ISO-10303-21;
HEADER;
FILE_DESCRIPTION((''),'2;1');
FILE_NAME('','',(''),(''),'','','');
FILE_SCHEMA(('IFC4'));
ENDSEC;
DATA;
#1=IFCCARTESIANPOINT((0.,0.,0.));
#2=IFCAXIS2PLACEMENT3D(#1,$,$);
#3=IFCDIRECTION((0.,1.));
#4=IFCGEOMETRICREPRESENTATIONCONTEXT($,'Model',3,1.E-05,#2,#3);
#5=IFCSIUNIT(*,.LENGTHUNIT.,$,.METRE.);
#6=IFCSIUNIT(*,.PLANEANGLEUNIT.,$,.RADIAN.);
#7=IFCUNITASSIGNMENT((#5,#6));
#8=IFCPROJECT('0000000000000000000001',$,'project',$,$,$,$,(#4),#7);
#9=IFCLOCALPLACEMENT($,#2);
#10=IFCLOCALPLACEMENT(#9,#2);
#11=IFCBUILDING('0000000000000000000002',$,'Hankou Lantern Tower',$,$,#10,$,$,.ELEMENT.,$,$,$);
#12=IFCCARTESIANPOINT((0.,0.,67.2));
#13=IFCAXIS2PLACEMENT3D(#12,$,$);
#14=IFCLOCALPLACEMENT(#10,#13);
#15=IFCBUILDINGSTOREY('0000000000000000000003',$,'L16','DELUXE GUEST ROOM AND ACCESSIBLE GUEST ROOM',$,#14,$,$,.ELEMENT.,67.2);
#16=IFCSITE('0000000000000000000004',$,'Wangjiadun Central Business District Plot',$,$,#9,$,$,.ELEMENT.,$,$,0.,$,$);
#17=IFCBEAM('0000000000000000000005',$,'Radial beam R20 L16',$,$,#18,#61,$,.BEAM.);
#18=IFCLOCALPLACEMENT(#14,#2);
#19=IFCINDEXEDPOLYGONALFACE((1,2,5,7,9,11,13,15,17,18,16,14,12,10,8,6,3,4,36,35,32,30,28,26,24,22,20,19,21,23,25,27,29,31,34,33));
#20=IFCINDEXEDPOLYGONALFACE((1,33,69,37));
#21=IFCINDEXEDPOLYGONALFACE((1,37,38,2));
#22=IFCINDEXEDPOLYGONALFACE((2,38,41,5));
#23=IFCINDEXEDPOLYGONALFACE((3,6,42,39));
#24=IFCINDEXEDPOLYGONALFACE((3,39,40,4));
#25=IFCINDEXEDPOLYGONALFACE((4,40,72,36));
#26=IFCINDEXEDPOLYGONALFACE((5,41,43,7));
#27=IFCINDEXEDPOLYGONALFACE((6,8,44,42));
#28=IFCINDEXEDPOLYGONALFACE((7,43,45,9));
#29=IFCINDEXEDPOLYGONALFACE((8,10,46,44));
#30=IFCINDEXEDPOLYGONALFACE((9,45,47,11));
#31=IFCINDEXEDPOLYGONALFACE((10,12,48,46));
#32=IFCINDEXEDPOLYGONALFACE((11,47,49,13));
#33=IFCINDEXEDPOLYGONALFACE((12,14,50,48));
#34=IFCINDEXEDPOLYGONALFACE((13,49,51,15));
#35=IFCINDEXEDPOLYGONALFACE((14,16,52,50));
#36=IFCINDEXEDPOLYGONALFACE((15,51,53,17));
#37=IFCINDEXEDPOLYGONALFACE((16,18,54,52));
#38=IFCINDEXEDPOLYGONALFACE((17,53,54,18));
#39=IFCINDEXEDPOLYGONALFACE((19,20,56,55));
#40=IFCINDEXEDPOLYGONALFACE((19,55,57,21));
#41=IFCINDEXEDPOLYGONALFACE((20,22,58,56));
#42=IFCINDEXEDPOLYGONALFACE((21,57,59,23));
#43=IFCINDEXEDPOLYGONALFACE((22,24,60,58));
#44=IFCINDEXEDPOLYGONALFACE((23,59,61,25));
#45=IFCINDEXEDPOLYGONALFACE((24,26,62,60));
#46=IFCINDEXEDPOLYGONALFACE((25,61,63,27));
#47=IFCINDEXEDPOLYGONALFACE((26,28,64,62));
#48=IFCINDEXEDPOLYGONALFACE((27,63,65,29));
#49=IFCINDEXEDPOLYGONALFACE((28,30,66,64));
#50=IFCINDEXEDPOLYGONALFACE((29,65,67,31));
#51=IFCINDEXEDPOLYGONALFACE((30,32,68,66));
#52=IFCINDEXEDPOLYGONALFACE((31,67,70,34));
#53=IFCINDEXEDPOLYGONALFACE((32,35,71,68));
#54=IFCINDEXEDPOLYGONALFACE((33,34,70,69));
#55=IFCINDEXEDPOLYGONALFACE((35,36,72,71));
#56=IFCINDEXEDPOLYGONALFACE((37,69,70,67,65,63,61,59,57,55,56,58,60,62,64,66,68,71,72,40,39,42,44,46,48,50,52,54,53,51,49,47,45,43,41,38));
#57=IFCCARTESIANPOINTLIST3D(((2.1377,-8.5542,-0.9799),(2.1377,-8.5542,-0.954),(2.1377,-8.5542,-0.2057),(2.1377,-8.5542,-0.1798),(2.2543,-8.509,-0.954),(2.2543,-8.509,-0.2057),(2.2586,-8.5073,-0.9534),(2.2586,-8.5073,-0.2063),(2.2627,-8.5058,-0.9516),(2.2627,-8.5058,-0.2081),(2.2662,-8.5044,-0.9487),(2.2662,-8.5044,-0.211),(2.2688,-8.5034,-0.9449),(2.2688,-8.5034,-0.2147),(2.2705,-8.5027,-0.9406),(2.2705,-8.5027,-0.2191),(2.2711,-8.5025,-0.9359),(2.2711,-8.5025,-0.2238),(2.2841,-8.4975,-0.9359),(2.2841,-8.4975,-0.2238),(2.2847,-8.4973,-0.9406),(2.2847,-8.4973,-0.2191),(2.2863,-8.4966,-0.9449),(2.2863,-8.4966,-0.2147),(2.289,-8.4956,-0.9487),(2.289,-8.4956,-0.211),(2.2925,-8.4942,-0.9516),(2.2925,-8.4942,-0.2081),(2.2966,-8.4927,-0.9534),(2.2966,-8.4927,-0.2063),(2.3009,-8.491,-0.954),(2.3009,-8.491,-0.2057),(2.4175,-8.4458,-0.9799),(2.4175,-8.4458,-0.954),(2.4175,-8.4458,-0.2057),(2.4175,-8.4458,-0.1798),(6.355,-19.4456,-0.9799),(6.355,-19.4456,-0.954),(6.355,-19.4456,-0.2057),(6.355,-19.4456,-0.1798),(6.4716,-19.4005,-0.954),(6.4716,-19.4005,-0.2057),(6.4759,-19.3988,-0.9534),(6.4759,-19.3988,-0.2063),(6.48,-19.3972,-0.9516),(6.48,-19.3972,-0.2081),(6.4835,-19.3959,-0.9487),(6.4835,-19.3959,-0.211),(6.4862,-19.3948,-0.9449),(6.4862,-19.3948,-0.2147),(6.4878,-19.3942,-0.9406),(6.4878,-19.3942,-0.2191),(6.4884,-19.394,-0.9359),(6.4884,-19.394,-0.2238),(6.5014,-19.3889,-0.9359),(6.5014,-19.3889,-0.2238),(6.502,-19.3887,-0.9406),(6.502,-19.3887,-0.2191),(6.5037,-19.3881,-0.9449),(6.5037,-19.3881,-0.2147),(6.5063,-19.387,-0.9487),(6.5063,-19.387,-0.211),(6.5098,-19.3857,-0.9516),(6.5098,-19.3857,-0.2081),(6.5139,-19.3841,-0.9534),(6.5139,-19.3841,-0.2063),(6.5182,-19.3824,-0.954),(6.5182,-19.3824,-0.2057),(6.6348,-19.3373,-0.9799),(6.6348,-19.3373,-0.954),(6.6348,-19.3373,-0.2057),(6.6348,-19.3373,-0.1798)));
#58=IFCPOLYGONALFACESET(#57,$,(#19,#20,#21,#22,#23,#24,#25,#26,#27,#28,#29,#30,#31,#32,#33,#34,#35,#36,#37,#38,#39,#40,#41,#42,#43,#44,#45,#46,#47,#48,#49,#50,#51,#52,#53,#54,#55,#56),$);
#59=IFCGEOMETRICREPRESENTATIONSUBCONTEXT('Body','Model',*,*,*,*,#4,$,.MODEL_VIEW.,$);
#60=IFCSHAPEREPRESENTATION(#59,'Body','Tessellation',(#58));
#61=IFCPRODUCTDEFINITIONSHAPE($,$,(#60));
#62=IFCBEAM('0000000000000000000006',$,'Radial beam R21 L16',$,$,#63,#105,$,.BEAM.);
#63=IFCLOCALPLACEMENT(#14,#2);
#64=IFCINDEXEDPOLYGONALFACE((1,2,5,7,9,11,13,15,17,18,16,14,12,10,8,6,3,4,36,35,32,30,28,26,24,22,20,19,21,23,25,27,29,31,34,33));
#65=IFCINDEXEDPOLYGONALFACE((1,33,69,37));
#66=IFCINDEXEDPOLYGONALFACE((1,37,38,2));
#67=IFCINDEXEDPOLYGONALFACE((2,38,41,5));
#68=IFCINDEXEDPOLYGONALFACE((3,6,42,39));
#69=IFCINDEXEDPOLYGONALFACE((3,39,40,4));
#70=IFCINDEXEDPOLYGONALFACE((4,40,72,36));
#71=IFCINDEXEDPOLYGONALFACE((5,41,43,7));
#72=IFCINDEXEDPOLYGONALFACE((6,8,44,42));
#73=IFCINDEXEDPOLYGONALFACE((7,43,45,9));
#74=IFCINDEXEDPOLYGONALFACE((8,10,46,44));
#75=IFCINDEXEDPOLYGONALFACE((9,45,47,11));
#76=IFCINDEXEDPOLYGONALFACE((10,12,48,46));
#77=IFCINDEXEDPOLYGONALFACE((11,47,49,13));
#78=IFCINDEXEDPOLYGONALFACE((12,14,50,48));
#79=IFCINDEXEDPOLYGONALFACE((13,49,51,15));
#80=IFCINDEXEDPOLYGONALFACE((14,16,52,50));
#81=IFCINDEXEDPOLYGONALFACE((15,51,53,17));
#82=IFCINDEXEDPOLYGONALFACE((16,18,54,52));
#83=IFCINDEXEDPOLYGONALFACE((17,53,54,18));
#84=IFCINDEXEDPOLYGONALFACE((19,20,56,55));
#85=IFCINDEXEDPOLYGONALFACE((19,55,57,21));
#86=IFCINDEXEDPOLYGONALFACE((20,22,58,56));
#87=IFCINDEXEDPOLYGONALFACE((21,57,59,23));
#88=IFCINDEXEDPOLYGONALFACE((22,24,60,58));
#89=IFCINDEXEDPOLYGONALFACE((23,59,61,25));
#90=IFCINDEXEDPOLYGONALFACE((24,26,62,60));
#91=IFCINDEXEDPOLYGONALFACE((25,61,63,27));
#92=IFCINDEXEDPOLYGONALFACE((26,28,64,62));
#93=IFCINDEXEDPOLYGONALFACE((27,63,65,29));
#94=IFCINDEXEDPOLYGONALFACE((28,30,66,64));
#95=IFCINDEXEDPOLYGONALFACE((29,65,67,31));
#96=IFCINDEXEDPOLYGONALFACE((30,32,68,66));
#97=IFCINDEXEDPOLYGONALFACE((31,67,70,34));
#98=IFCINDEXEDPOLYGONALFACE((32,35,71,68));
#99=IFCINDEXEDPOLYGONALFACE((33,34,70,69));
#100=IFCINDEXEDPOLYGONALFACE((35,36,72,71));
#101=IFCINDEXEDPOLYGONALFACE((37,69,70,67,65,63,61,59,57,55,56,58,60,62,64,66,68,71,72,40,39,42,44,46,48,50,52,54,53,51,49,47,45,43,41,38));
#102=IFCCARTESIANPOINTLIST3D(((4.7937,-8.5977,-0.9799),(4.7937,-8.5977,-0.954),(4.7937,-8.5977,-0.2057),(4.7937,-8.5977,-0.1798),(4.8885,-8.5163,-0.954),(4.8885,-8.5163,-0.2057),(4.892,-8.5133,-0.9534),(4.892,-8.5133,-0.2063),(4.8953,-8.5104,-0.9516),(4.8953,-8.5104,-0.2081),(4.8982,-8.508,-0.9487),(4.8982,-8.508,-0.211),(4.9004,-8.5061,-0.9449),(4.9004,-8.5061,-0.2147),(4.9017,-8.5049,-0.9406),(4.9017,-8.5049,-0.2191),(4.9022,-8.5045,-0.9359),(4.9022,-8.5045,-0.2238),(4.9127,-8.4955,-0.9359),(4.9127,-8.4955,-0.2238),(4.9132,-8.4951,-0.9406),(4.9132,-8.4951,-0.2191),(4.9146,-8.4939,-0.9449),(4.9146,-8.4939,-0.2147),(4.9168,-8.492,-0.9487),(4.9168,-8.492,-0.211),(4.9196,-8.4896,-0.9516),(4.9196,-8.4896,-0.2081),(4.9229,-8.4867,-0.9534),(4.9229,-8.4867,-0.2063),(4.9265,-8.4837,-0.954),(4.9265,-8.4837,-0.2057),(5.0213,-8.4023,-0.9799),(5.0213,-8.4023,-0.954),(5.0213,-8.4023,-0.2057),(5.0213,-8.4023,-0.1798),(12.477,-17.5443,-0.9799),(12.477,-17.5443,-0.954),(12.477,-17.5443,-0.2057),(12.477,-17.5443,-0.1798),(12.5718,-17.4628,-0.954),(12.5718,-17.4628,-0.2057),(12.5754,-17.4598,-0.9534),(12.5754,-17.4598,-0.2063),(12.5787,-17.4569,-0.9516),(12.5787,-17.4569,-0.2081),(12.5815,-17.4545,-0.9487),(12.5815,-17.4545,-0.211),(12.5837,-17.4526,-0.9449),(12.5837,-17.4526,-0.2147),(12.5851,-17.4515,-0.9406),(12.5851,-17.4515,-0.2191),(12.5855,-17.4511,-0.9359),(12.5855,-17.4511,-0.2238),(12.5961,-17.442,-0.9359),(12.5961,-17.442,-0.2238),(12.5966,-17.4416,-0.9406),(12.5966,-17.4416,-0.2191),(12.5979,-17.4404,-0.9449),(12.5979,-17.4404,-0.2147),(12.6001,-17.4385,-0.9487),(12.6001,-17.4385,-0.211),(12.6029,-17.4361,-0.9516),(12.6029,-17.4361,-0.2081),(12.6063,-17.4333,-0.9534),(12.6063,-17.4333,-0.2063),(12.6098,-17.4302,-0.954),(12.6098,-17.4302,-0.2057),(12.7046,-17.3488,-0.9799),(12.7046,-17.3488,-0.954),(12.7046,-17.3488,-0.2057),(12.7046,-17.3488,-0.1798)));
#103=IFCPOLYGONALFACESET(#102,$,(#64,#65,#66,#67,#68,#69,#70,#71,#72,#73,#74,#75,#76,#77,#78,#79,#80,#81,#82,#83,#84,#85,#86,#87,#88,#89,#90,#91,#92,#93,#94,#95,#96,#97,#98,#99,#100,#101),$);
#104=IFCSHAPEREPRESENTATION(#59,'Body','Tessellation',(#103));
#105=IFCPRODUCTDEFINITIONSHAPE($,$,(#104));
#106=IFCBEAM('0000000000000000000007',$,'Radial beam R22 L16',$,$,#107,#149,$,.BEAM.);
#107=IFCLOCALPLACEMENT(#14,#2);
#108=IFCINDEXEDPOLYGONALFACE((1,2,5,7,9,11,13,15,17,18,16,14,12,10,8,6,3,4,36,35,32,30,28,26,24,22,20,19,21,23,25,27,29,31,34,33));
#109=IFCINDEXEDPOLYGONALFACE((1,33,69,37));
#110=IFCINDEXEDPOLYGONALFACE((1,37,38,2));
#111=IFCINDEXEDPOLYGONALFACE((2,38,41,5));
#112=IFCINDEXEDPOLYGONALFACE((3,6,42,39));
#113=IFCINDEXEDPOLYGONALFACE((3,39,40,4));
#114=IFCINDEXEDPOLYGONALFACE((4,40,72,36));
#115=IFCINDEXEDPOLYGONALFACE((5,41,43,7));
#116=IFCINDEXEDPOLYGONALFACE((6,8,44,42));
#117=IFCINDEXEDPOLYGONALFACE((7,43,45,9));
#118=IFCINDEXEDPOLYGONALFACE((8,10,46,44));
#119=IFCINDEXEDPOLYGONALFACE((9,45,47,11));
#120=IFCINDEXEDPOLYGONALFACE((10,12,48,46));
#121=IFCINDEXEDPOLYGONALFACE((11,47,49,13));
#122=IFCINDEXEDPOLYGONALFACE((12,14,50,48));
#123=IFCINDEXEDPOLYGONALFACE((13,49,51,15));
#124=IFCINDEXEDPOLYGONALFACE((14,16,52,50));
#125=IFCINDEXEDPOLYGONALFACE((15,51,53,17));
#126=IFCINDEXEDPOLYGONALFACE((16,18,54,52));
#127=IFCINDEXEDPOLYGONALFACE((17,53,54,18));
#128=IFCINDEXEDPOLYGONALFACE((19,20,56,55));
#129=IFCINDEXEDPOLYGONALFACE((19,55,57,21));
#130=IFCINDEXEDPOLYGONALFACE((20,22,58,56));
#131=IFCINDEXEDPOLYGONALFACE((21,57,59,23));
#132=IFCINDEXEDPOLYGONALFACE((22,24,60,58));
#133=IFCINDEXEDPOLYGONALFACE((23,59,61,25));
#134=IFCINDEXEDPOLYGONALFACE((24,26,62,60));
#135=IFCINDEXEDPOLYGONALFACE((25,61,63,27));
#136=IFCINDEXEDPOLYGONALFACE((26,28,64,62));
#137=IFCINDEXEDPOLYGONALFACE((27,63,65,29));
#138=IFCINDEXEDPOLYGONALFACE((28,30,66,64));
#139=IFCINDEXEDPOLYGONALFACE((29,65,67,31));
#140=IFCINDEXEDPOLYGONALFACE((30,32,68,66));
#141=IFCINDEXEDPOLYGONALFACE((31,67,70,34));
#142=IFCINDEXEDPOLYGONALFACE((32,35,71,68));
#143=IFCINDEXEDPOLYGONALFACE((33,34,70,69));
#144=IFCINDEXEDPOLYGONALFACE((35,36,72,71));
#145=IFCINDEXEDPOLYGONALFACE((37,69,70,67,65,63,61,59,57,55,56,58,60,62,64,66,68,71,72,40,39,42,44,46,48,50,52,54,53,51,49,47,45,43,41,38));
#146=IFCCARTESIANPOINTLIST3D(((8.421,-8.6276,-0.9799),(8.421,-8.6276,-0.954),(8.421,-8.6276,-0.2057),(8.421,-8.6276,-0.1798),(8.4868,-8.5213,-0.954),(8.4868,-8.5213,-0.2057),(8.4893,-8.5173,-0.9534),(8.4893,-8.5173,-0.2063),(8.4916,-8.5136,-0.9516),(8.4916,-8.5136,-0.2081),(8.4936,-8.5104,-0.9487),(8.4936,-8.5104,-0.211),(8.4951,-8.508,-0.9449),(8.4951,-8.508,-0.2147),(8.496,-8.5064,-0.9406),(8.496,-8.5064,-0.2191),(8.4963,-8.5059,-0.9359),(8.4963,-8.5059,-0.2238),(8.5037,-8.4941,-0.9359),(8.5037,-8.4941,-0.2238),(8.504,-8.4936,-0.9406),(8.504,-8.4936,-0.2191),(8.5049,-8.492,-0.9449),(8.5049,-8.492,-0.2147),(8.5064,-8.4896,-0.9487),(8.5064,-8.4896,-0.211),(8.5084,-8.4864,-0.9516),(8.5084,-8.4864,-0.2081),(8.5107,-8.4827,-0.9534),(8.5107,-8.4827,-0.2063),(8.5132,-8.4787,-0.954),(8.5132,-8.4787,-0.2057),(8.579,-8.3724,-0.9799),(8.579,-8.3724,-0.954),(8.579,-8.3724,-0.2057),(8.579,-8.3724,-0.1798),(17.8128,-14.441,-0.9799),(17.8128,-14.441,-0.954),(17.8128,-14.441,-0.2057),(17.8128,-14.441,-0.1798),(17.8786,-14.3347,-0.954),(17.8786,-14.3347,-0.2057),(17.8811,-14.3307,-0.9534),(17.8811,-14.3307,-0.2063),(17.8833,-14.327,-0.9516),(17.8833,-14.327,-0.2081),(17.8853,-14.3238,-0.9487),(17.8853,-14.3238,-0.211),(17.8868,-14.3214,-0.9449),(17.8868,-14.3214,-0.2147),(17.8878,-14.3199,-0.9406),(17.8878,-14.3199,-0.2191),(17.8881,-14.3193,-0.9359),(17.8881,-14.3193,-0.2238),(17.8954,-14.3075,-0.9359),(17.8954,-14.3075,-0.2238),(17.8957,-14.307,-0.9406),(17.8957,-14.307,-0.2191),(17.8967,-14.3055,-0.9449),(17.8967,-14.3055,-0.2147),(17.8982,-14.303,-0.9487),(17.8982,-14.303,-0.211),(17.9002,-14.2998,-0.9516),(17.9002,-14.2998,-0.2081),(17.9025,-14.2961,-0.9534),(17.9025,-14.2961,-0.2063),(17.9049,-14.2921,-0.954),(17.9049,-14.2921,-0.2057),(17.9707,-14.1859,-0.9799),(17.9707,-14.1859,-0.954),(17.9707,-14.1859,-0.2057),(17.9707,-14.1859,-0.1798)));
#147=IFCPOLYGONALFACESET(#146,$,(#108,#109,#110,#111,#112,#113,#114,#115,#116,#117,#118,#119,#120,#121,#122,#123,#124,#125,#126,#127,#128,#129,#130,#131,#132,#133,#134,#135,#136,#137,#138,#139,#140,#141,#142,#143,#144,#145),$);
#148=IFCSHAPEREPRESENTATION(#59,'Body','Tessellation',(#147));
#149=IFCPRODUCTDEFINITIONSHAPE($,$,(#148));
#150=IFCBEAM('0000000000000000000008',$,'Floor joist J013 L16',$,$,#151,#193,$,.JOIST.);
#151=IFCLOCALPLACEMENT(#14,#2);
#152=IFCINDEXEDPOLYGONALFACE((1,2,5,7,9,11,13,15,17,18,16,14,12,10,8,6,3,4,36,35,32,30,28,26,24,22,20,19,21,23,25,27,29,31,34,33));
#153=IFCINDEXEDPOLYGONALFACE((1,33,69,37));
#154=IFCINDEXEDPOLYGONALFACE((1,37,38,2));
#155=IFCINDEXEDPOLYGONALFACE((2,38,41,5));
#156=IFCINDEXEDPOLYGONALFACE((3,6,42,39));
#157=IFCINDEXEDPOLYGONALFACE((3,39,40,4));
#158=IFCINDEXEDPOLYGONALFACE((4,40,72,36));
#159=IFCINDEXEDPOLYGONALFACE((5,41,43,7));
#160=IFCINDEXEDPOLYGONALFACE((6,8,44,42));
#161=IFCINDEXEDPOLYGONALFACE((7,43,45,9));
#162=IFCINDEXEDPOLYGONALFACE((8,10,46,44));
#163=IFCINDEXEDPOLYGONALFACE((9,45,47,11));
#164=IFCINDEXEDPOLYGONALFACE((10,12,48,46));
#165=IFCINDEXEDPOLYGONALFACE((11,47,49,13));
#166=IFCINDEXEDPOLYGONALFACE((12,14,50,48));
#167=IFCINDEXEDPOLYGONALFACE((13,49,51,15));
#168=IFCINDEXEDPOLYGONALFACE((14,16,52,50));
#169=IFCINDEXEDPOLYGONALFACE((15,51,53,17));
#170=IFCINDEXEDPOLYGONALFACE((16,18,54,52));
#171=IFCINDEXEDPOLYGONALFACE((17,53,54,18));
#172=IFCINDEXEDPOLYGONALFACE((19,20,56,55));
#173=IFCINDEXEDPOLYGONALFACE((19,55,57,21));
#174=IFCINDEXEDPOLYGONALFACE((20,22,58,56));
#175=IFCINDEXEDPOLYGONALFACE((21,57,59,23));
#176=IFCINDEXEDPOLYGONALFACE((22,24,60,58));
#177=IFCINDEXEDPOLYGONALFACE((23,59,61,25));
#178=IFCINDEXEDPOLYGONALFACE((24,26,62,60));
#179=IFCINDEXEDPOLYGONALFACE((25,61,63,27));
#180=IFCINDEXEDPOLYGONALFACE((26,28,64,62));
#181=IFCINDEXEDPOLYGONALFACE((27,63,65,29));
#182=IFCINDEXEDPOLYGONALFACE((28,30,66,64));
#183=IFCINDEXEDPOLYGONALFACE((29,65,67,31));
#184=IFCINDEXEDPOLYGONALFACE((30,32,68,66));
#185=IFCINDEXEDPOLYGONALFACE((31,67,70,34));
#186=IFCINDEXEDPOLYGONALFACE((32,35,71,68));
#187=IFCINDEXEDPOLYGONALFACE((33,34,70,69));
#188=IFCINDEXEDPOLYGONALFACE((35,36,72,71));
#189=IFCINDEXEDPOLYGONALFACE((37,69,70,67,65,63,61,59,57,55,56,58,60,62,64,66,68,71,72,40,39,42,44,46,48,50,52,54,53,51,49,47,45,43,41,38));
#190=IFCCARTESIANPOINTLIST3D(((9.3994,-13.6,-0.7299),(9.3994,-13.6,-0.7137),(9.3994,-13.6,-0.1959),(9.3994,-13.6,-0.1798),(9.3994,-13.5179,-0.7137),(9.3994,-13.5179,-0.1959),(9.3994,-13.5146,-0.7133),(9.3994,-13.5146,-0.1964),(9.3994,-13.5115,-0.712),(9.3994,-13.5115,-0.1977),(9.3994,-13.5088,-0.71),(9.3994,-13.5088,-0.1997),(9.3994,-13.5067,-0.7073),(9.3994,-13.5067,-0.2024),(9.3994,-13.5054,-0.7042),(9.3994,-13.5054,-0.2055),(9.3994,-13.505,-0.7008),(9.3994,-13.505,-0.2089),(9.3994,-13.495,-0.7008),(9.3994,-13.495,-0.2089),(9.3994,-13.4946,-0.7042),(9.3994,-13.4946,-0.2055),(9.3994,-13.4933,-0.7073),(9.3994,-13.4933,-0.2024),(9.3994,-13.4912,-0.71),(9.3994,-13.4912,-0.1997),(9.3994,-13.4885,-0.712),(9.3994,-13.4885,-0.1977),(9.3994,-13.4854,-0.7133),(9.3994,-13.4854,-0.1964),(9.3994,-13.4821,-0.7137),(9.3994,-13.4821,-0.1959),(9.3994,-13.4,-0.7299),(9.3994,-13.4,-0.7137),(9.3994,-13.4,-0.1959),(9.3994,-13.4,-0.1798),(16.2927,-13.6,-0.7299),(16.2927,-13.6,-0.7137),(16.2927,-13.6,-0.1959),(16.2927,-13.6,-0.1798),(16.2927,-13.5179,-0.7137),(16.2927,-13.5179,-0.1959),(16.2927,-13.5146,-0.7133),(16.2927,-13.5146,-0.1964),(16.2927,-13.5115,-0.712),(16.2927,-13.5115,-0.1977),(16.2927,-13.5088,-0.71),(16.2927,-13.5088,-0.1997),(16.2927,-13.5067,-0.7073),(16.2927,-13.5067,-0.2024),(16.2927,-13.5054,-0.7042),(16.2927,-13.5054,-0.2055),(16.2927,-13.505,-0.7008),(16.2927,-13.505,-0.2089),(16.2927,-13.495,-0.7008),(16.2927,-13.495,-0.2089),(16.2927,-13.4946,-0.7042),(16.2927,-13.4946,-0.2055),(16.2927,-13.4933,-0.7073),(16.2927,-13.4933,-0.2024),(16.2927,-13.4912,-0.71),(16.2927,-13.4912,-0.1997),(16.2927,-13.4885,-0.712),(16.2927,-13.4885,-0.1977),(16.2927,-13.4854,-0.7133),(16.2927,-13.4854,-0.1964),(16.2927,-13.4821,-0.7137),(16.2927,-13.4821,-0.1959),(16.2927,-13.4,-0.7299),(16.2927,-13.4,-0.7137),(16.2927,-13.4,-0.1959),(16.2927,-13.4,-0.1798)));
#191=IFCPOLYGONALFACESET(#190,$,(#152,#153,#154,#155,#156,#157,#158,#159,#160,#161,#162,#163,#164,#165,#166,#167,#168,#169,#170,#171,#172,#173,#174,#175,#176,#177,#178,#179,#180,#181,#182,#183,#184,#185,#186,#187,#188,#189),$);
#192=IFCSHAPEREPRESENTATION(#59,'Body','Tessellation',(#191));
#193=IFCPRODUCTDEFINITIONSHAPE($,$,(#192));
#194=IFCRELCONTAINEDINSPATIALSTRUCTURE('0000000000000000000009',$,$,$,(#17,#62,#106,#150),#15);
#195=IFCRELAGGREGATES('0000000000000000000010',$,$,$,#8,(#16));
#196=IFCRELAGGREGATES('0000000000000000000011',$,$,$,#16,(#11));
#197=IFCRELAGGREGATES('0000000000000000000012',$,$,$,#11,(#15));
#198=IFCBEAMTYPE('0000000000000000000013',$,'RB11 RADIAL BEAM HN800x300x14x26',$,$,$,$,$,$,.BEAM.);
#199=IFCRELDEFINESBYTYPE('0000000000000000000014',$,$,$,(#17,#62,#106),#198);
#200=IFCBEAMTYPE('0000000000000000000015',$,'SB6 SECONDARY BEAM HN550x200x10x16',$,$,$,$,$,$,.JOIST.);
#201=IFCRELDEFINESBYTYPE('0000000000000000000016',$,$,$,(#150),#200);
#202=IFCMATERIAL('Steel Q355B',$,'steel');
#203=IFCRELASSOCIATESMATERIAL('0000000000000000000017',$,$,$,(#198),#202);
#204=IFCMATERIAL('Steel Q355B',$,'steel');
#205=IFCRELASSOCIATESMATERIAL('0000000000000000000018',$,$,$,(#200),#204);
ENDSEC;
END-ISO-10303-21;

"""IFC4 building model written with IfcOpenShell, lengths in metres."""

from ifc_helpers import new_model, si_unit, direction, frame, origin, origin_2d, place, context, subcontext, project, spatial, i_section, extrude, material, material_profile, profile_set, type_object, element, save


model = new_model("IFC4")

# Units and contexts
model_context = context("Model", 3, precision=1e-05, world=origin(), true_north=direction((0.0, 1.0)))
body_context = subcontext(model_context, "Body", "Model", "MODEL_VIEW")
ifc_project = project(units=[si_unit("LENGTHUNIT", "METRE"), si_unit("PLANEANGLEUNIT", "RADIAN")], contexts=[model_context])

# Site, building, storey
site_placement = place(None, origin())
site = spatial("IfcSite", under=ifc_project, at=site_placement, Name="Wangjiadun Central Business District Plot", CompositionType="ELEMENT", RefElevation=0.0)
building_placement = place(site_placement, origin())
building = spatial("IfcBuilding", under=site, at=building_placement, Name="Hankou Lantern Tower", CompositionType="ELEMENT")
storey_placement = place(building_placement, frame((0.0, 0.0, 67.2)))
storey = spatial("IfcBuildingStorey", under=building, at=storey_placement, Name="L16", Description="DELUXE GUEST ROOM AND ACCESSIBLE GUEST ROOM", CompositionType="ELEMENT", Elevation=67.2)

# Beams
ifc_material_1 = material(Name="Steel Q355B", Category="steel")
ifc_material_profile_1 = material_profile(ifc_material_1, i_section(OverallWidth=0.3, OverallDepth=0.8, WebThickness=0.0139, FlangeThickness=0.0259, FilletRadius=0.0181, at=origin_2d()), Name="HN800x300x14x26")
ifc_profile_set_1 = profile_set([ifc_material_profile_1], Name="Steel Q355B")
beam_type_1 = type_object("IfcBeamType", Name="RB11 RADIAL BEAM HN800x300x14x26", PredefinedType="BEAM", material=ifc_profile_set_1)
beam_1_placement = place(storey_placement, frame((2.2776, -8.5, -0.5798), z_axis=(0.361089, -0.932531, 0.0), x_axis=(0.932531, 0.361089, 0.0)))
element("IfcBeam", 1, at=beam_1_placement, inside=storey, type_object=beam_type_1, Name="Radial beam R20 L16", PredefinedType="BEAM", context=body_context, shape_type="SweptSolid", body=[
    extrude(i_section(OverallWidth=0.3, OverallDepth=0.8, WebThickness=0.0139, FlangeThickness=0.0259, FilletRadius=0.0181, at=origin_2d()), origin(), (0.0, 0.0, 1.0), 11.6794),
])
beam_2_placement = place(storey_placement, frame((4.9075, -8.5, -0.5798), z_axis=(0.651519, -0.758632, 0.0), x_axis=(0.758632, 0.651519, 0.0)))
element("IfcBeam", 2, at=beam_2_placement, inside=storey, type_object=beam_type_1, Name="Radial beam R21 L16", PredefinedType="BEAM", context=body_context, shape_type="SweptSolid", body=[
    extrude(i_section(OverallWidth=0.3, OverallDepth=0.8, WebThickness=0.0139, FlangeThickness=0.0259, FilletRadius=0.0181, at=origin_2d()), origin(), (0.0, 0.0, 1.0), 11.793),
])
beam_3_placement = place(storey_placement, frame((8.5, -8.5, -0.5798), z_axis=(0.850286, -0.52632, 0.0), x_axis=(0.52632, 0.850286, 0.0)))
element("IfcBeam", 3, at=beam_3_placement, inside=storey, type_object=beam_type_1, Name="Radial beam R22 L16", PredefinedType="BEAM", context=body_context, shape_type="SweptSolid", body=[
    extrude(i_section(OverallWidth=0.3, OverallDepth=0.8, WebThickness=0.0139, FlangeThickness=0.0259, FilletRadius=0.0181, at=origin_2d()), origin(), (0.0, 0.0, 1.0), 11.0454),
])
ifc_material_2 = material(Name="Steel Q355B", Category="steel")
ifc_material_profile_2 = material_profile(ifc_material_2, i_section(OverallWidth=0.2, OverallDepth=0.55, WebThickness=0.01, FlangeThickness=0.0161, FilletRadius=0.0129, at=origin_2d()), Name="HN550x200x10x16")
ifc_profile_set_2 = profile_set([ifc_material_profile_2], Name="Steel Q355B")
beam_type_2 = type_object("IfcBeamType", Name="SB6 SECONDARY BEAM HN550x200x10x16", PredefinedType="JOIST", material=ifc_profile_set_2)
beam_4_placement = place(storey_placement, frame((9.3994, -13.5, -0.4548), z_axis=(1.0, 0.0, 0.0), x_axis=(0.0, 1.0, 0.0)))
element("IfcBeam", 4, at=beam_4_placement, inside=storey, type_object=beam_type_2, Name="Floor joist J013 L16", PredefinedType="JOIST", context=body_context, shape_type="SweptSolid", body=[
    extrude(i_section(OverallWidth=0.2, OverallDepth=0.55, WebThickness=0.01, FlangeThickness=0.0161, FilletRadius=0.0129, at=origin_2d()), origin(), (0.0, 0.0, 1.0), 6.8933),
])

save(model, "model.ifc")
